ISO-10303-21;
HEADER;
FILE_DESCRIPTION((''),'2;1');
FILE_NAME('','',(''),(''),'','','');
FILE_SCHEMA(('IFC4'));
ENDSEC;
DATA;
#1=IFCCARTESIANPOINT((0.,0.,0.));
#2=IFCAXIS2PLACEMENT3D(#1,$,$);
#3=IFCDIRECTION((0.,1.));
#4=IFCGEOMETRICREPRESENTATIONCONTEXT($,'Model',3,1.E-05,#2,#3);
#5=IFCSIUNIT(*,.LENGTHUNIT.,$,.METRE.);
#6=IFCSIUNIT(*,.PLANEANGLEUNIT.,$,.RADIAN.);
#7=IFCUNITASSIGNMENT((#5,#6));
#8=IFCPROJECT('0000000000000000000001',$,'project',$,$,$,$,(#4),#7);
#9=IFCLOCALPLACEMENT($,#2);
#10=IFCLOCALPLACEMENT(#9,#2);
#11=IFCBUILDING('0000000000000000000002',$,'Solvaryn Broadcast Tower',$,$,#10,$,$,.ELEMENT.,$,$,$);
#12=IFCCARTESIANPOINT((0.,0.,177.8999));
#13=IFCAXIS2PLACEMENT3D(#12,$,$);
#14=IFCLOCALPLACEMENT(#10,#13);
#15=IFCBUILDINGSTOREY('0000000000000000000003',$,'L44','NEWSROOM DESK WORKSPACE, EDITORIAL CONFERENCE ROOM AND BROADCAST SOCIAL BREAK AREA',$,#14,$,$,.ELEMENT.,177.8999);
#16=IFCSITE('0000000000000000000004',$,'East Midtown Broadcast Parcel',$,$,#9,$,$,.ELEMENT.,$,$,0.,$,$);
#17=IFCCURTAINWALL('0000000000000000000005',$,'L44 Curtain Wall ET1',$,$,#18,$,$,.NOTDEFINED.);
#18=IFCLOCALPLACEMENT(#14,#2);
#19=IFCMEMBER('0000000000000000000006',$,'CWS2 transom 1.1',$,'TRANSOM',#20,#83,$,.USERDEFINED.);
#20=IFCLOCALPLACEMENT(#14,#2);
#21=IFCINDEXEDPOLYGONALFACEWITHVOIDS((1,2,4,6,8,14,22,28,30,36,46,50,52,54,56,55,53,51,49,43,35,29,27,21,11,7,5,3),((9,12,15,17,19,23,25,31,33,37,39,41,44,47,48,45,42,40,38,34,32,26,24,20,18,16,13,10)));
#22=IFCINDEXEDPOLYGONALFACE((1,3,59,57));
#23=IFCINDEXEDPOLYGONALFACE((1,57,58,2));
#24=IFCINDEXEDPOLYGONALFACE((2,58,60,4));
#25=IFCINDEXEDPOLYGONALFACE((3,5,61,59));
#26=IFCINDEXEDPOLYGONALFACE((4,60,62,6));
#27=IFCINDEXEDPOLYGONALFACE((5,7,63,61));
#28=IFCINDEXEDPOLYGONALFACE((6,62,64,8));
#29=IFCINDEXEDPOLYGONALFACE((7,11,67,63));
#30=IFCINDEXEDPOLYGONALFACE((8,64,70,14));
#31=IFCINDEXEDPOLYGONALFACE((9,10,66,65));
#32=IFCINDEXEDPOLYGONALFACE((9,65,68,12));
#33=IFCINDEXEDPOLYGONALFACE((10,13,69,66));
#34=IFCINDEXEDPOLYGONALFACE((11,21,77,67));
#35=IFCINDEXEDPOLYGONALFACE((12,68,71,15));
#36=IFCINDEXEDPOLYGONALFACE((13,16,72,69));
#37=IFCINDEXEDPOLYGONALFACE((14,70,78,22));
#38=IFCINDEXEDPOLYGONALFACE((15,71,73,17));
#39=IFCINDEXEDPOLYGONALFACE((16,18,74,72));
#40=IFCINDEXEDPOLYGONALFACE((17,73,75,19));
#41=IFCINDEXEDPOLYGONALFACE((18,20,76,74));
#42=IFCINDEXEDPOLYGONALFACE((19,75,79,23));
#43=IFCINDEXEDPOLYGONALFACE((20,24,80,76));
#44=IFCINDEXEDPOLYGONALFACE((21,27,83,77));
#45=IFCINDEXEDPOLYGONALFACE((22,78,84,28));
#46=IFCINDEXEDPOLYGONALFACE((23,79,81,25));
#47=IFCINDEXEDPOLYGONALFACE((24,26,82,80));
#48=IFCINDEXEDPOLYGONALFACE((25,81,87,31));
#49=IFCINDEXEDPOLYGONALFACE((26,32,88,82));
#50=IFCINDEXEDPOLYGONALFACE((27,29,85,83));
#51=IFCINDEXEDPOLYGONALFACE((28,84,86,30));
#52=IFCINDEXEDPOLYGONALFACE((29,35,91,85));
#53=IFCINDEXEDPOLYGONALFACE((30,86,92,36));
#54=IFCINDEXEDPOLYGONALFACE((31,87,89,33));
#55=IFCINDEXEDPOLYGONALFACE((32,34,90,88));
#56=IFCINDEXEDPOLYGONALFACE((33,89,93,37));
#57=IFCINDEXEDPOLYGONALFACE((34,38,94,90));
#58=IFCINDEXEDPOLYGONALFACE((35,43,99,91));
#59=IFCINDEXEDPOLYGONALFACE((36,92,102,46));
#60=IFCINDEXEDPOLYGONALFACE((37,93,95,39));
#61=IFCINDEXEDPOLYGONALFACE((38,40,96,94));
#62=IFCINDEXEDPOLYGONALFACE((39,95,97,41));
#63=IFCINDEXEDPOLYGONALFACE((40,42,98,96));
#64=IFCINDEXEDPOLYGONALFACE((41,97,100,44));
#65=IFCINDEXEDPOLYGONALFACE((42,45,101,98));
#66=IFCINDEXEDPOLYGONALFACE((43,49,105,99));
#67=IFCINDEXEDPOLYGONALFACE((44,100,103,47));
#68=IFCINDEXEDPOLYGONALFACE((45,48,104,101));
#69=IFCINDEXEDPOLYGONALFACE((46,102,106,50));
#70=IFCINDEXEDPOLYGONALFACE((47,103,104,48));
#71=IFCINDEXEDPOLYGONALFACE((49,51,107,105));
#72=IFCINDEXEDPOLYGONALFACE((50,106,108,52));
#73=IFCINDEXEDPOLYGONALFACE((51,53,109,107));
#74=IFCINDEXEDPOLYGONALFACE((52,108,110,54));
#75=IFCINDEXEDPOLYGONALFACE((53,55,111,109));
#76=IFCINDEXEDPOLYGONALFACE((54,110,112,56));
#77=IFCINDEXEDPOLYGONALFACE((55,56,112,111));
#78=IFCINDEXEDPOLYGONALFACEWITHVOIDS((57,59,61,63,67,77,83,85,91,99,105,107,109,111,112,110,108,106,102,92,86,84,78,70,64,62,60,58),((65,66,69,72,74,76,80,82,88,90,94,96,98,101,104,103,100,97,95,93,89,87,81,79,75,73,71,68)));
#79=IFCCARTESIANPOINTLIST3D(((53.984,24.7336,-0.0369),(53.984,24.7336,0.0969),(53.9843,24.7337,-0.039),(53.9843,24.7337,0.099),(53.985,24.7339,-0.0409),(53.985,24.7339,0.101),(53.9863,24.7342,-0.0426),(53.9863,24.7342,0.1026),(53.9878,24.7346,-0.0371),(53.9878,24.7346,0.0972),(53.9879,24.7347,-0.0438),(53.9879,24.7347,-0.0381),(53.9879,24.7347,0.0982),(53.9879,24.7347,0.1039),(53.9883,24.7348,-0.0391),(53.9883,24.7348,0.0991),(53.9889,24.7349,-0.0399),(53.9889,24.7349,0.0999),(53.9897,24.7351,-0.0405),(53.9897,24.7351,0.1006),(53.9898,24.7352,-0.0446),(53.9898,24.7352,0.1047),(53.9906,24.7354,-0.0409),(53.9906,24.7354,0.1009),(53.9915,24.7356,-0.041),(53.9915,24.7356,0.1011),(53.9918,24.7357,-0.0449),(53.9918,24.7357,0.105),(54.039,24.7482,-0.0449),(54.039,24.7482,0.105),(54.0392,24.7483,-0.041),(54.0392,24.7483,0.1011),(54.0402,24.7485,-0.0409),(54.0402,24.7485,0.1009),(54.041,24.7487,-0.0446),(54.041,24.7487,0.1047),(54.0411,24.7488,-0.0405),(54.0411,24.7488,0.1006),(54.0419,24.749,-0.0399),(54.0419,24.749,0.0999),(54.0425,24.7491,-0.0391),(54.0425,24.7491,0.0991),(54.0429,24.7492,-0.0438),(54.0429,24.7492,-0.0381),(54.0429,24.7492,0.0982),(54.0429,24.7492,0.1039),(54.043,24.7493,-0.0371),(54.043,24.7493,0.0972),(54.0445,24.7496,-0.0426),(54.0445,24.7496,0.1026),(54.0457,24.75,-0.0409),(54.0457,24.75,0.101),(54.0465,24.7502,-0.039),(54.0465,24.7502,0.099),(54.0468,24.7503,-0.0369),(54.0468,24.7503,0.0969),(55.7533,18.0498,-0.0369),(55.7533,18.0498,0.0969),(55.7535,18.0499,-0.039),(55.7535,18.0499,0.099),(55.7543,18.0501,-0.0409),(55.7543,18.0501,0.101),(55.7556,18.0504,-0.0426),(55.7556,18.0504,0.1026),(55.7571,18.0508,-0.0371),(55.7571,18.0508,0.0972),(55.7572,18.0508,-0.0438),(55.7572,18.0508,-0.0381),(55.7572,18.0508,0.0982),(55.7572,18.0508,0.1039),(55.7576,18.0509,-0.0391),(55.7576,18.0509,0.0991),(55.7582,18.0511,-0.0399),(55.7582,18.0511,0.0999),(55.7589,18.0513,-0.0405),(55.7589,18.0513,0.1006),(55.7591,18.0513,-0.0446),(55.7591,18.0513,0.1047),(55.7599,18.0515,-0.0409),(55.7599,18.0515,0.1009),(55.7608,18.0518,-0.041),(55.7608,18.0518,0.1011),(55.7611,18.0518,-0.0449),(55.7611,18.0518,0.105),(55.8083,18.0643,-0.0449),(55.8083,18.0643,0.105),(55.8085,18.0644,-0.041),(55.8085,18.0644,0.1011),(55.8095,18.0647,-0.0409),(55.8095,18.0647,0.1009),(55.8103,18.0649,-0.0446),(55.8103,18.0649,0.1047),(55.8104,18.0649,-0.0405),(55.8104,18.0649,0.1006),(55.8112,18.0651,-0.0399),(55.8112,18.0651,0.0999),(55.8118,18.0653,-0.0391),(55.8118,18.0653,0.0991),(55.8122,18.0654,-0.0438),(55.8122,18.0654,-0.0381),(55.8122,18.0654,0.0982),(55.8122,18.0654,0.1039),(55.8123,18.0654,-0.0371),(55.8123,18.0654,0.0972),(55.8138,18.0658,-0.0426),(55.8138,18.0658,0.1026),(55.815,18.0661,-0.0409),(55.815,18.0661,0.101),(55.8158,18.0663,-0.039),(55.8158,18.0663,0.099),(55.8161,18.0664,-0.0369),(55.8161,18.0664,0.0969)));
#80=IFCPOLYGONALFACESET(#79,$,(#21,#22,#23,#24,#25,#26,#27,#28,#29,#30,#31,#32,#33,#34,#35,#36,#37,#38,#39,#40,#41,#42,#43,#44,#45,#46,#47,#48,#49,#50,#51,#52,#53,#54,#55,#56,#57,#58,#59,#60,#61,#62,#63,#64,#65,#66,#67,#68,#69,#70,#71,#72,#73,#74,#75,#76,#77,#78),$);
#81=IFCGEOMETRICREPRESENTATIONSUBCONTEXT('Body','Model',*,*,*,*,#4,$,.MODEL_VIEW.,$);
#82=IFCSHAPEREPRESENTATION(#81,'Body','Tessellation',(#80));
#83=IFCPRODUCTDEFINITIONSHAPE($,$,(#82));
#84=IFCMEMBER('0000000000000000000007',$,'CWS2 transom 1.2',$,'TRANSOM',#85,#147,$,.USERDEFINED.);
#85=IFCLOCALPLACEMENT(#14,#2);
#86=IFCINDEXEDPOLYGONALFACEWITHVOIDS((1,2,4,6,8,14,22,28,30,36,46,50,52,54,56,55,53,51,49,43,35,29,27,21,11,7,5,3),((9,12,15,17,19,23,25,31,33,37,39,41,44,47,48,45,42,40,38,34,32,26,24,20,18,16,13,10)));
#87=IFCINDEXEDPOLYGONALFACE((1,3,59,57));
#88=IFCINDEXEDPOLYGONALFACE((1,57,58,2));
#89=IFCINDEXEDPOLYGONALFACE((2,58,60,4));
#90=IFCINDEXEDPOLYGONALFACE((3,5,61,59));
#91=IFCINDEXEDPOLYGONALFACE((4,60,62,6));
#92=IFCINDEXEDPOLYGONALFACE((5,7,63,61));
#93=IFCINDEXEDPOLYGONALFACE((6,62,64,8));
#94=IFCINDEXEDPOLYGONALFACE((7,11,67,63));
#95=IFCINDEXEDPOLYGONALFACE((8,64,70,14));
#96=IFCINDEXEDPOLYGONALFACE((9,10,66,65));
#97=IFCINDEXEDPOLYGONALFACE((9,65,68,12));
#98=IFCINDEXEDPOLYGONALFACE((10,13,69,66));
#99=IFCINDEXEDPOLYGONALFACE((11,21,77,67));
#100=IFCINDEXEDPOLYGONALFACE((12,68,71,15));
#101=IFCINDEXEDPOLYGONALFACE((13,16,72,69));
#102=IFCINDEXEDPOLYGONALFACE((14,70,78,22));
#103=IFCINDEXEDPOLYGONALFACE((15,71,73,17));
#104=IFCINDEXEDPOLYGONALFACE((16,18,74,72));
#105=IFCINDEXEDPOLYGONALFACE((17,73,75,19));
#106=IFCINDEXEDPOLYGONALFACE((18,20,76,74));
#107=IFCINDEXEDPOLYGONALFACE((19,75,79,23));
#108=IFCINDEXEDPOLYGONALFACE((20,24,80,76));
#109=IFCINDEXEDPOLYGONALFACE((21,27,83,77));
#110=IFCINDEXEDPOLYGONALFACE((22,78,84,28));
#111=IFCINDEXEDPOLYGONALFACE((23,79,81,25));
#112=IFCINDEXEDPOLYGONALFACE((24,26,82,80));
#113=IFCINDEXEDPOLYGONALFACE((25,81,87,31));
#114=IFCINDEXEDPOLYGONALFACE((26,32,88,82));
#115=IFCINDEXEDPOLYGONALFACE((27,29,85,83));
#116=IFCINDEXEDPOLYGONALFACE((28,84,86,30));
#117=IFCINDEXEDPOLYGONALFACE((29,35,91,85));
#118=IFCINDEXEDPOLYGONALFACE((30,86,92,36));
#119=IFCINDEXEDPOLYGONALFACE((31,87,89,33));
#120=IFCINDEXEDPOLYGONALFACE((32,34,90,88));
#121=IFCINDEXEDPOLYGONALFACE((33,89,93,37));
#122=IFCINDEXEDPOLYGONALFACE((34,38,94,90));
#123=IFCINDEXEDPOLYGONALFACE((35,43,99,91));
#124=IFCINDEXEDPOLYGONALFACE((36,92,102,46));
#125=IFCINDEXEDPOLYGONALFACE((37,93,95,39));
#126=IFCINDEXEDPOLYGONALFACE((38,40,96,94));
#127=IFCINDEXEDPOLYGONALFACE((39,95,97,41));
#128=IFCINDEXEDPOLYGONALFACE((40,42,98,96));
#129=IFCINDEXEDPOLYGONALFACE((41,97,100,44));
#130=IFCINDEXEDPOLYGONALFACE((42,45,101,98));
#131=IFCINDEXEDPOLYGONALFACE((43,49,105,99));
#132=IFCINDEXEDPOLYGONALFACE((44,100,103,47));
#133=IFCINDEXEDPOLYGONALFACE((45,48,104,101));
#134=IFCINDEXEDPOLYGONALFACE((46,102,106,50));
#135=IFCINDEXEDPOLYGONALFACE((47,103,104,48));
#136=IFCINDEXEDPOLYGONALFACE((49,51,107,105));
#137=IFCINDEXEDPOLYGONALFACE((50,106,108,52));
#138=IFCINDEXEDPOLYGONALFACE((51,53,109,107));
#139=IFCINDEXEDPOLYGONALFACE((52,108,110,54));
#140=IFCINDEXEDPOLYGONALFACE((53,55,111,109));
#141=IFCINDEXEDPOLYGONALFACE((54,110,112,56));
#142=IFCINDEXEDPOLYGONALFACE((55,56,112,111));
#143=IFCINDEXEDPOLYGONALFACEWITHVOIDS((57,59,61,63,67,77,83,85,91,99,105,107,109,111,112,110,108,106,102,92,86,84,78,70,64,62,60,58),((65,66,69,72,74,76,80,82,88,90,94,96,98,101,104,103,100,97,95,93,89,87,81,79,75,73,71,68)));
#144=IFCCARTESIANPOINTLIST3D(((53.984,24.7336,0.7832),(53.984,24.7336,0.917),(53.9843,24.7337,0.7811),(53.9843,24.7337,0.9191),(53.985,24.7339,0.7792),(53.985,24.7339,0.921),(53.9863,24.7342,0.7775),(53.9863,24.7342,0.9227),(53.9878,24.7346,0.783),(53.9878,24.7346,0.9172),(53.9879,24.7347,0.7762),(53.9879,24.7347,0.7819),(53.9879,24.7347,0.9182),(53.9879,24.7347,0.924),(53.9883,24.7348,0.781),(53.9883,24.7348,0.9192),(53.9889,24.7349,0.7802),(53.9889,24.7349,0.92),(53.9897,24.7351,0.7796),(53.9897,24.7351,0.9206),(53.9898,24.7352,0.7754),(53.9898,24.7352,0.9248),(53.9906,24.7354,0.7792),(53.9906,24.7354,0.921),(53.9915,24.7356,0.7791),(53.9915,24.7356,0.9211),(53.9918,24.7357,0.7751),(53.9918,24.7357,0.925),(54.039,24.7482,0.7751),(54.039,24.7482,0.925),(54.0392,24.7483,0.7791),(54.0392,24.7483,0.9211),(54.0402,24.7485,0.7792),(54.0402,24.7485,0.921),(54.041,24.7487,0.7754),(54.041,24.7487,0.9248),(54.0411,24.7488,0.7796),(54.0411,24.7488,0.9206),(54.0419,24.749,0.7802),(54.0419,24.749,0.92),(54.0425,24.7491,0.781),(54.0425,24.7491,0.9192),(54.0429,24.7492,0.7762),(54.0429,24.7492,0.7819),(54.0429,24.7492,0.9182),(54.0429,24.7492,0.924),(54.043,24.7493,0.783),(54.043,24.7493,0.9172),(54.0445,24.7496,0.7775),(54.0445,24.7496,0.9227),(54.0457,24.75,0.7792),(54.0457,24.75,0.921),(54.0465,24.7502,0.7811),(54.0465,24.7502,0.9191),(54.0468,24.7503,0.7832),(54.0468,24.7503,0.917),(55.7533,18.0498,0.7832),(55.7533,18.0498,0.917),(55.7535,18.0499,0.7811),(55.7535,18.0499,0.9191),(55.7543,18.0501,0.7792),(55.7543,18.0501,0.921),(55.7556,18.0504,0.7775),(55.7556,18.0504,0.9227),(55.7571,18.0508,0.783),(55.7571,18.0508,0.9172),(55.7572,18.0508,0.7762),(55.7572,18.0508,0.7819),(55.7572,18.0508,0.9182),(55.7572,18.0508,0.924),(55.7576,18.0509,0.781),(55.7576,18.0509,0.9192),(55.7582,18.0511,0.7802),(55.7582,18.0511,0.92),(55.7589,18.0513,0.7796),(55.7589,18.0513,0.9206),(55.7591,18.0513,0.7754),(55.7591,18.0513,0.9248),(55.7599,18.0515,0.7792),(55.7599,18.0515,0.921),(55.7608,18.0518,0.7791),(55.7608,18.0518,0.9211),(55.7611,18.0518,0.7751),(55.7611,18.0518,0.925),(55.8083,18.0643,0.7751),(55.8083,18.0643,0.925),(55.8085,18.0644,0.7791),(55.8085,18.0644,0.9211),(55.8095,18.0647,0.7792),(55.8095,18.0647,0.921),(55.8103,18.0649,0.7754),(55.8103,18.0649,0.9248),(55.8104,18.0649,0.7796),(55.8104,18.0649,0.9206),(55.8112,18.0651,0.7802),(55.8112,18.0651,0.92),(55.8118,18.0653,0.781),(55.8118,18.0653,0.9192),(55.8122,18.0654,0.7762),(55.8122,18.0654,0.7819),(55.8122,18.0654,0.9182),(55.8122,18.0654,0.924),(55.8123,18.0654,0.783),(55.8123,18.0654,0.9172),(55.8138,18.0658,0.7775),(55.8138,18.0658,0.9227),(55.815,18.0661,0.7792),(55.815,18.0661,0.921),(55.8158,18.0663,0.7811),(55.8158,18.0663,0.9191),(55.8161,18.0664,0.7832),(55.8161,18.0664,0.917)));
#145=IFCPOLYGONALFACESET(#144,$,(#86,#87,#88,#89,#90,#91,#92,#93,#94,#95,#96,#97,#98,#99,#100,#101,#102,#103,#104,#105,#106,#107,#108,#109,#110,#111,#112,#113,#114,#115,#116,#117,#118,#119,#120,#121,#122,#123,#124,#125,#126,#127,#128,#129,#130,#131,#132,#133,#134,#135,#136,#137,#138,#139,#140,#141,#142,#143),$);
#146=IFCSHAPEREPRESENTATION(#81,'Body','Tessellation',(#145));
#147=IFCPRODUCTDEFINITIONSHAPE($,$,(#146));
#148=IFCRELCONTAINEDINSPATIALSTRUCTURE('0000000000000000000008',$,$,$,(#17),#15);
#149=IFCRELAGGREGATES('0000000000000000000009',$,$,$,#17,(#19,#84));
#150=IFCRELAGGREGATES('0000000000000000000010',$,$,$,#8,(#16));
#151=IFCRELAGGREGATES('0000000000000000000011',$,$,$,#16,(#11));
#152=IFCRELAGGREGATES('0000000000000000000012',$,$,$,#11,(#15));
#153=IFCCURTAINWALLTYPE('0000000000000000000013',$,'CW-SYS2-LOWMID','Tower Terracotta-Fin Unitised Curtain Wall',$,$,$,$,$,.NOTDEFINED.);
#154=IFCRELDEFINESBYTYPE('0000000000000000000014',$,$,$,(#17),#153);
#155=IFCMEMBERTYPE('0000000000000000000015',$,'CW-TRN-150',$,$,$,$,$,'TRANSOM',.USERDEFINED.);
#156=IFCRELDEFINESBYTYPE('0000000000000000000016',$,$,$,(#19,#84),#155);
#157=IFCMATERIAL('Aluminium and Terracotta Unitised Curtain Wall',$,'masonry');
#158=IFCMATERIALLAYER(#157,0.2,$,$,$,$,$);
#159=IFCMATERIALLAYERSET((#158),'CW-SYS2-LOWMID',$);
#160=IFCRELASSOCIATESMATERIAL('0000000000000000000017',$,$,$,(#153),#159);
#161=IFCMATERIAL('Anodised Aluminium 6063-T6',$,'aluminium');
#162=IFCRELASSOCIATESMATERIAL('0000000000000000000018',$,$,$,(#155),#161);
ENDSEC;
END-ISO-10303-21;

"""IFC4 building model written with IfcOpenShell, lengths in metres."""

from ifc_helpers import new_model, si_unit, direction, frame, origin, origin_2d, place, context, subcontext, project, spatial, hollow_rectangle, extrude, material, layer, layer_set, material_profile, profile_set, type_object, element, aggregate, save


model = new_model("IFC4")

# Units and contexts
model_context = context("Model", 3, precision=1e-05, world=origin(), true_north=direction((0.0, 1.0)))
body_context = subcontext(model_context, "Body", "Model", "MODEL_VIEW")
ifc_project = project(units=[si_unit("LENGTHUNIT", "METRE"), si_unit("PLANEANGLEUNIT", "RADIAN")], contexts=[model_context])

# Site, building, storey
site_placement = place(None, origin())
site = spatial("IfcSite", under=ifc_project, at=site_placement, Name="East Midtown Broadcast Parcel", CompositionType="ELEMENT", RefElevation=0.0)
building_placement = place(site_placement, origin())
building = spatial("IfcBuilding", under=site, at=building_placement, Name="Solvaryn Broadcast Tower", CompositionType="ELEMENT")
storey_placement = place(building_placement, frame((0.0, 0.0, 177.8999)))
storey = spatial("IfcBuildingStorey", under=building, at=storey_placement, Name="L44", Description="NEWSROOM DESK WORKSPACE, EDITORIAL CONFERENCE ROOM AND BROADCAST SOCIAL BREAK AREA", CompositionType="ELEMENT", Elevation=177.8999)

# Curtain wall
ifc_material_1 = material(Name="Aluminium and Terracotta Unitised Curtain Wall", Category="masonry")
ifc_layer_1 = layer(ifc_material_1, 0.2)
ifc_layer_set_1 = layer_set([ifc_layer_1], Name="CW-SYS2-LOWMID")
curtain_wall_type = type_object("IfcCurtainWallType", Name="CW-SYS2-LOWMID", Description="Tower Terracotta-Fin Unitised Curtain Wall", PredefinedType="NOTDEFINED", material=ifc_layer_set_1)
curtain_wall_1_placement = place(storey_placement, origin())
curtain_wall_1 = element("IfcCurtainWall", 1, at=curtain_wall_1_placement, inside=storey, type_object=curtain_wall_type, Name="L44 Curtain Wall ET1", PredefinedType="NOTDEFINED")

# Members
ifc_material_2 = material(Name="Anodised Aluminium 6063-T6", Category="aluminium")
ifc_material_profile_1 = material_profile(ifc_material_2, hollow_rectangle(XDim=0.0649, YDim=0.1499, WallThickness=0.0039, InnerFilletRadius=0.0039, OuterFilletRadius=0.0081, at=origin_2d()))
ifc_profile_set_1 = profile_set([ifc_material_profile_1], Name="Anodised Aluminium 6063-T6")
member_type_1 = type_object("IfcMemberType", Name="CW-TRN-150", ElementType="TRANSOM", PredefinedType="USERDEFINED", material=ifc_profile_set_1)
member_1_placement = place(storey_placement, frame((54.0154, 24.7419, 0.03), z_axis=(0.255897, -0.966704, 0.0), x_axis=(0.966704, 0.255897, 0.0)))
member_1 = element("IfcMember", 2, at=member_1_placement, type_object=member_type_1, Name="CWS2 transom 1.1", ObjectType="TRANSOM", PredefinedType="USERDEFINED", context=body_context, shape_type="SweptSolid", body=[
    extrude(hollow_rectangle(XDim=0.0649, YDim=0.1499, WallThickness=0.0039, InnerFilletRadius=0.0039, OuterFilletRadius=0.0081, at=origin_2d()), origin(), (0.0, 0.0, 1.0), 6.9141),
])
member_2_placement = place(storey_placement, frame((54.0154, 24.7419, 0.8501), z_axis=(0.255897, -0.966704, 0.0), x_axis=(0.966704, 0.255897, 0.0)))
member_2 = element("IfcMember", 3, at=member_2_placement, type_object=member_type_1, Name="CWS2 transom 1.2", ObjectType="TRANSOM", PredefinedType="USERDEFINED", context=body_context, shape_type="SweptSolid", body=[
    extrude(hollow_rectangle(XDim=0.0649, YDim=0.1499, WallThickness=0.0039, InnerFilletRadius=0.0039, OuterFilletRadius=0.0081, at=origin_2d()), origin(), (0.0, 0.0, 1.0), 6.9141),
])

aggregate(curtain_wall_1, [member_1, member_2])

save(model, "model.ifc")
